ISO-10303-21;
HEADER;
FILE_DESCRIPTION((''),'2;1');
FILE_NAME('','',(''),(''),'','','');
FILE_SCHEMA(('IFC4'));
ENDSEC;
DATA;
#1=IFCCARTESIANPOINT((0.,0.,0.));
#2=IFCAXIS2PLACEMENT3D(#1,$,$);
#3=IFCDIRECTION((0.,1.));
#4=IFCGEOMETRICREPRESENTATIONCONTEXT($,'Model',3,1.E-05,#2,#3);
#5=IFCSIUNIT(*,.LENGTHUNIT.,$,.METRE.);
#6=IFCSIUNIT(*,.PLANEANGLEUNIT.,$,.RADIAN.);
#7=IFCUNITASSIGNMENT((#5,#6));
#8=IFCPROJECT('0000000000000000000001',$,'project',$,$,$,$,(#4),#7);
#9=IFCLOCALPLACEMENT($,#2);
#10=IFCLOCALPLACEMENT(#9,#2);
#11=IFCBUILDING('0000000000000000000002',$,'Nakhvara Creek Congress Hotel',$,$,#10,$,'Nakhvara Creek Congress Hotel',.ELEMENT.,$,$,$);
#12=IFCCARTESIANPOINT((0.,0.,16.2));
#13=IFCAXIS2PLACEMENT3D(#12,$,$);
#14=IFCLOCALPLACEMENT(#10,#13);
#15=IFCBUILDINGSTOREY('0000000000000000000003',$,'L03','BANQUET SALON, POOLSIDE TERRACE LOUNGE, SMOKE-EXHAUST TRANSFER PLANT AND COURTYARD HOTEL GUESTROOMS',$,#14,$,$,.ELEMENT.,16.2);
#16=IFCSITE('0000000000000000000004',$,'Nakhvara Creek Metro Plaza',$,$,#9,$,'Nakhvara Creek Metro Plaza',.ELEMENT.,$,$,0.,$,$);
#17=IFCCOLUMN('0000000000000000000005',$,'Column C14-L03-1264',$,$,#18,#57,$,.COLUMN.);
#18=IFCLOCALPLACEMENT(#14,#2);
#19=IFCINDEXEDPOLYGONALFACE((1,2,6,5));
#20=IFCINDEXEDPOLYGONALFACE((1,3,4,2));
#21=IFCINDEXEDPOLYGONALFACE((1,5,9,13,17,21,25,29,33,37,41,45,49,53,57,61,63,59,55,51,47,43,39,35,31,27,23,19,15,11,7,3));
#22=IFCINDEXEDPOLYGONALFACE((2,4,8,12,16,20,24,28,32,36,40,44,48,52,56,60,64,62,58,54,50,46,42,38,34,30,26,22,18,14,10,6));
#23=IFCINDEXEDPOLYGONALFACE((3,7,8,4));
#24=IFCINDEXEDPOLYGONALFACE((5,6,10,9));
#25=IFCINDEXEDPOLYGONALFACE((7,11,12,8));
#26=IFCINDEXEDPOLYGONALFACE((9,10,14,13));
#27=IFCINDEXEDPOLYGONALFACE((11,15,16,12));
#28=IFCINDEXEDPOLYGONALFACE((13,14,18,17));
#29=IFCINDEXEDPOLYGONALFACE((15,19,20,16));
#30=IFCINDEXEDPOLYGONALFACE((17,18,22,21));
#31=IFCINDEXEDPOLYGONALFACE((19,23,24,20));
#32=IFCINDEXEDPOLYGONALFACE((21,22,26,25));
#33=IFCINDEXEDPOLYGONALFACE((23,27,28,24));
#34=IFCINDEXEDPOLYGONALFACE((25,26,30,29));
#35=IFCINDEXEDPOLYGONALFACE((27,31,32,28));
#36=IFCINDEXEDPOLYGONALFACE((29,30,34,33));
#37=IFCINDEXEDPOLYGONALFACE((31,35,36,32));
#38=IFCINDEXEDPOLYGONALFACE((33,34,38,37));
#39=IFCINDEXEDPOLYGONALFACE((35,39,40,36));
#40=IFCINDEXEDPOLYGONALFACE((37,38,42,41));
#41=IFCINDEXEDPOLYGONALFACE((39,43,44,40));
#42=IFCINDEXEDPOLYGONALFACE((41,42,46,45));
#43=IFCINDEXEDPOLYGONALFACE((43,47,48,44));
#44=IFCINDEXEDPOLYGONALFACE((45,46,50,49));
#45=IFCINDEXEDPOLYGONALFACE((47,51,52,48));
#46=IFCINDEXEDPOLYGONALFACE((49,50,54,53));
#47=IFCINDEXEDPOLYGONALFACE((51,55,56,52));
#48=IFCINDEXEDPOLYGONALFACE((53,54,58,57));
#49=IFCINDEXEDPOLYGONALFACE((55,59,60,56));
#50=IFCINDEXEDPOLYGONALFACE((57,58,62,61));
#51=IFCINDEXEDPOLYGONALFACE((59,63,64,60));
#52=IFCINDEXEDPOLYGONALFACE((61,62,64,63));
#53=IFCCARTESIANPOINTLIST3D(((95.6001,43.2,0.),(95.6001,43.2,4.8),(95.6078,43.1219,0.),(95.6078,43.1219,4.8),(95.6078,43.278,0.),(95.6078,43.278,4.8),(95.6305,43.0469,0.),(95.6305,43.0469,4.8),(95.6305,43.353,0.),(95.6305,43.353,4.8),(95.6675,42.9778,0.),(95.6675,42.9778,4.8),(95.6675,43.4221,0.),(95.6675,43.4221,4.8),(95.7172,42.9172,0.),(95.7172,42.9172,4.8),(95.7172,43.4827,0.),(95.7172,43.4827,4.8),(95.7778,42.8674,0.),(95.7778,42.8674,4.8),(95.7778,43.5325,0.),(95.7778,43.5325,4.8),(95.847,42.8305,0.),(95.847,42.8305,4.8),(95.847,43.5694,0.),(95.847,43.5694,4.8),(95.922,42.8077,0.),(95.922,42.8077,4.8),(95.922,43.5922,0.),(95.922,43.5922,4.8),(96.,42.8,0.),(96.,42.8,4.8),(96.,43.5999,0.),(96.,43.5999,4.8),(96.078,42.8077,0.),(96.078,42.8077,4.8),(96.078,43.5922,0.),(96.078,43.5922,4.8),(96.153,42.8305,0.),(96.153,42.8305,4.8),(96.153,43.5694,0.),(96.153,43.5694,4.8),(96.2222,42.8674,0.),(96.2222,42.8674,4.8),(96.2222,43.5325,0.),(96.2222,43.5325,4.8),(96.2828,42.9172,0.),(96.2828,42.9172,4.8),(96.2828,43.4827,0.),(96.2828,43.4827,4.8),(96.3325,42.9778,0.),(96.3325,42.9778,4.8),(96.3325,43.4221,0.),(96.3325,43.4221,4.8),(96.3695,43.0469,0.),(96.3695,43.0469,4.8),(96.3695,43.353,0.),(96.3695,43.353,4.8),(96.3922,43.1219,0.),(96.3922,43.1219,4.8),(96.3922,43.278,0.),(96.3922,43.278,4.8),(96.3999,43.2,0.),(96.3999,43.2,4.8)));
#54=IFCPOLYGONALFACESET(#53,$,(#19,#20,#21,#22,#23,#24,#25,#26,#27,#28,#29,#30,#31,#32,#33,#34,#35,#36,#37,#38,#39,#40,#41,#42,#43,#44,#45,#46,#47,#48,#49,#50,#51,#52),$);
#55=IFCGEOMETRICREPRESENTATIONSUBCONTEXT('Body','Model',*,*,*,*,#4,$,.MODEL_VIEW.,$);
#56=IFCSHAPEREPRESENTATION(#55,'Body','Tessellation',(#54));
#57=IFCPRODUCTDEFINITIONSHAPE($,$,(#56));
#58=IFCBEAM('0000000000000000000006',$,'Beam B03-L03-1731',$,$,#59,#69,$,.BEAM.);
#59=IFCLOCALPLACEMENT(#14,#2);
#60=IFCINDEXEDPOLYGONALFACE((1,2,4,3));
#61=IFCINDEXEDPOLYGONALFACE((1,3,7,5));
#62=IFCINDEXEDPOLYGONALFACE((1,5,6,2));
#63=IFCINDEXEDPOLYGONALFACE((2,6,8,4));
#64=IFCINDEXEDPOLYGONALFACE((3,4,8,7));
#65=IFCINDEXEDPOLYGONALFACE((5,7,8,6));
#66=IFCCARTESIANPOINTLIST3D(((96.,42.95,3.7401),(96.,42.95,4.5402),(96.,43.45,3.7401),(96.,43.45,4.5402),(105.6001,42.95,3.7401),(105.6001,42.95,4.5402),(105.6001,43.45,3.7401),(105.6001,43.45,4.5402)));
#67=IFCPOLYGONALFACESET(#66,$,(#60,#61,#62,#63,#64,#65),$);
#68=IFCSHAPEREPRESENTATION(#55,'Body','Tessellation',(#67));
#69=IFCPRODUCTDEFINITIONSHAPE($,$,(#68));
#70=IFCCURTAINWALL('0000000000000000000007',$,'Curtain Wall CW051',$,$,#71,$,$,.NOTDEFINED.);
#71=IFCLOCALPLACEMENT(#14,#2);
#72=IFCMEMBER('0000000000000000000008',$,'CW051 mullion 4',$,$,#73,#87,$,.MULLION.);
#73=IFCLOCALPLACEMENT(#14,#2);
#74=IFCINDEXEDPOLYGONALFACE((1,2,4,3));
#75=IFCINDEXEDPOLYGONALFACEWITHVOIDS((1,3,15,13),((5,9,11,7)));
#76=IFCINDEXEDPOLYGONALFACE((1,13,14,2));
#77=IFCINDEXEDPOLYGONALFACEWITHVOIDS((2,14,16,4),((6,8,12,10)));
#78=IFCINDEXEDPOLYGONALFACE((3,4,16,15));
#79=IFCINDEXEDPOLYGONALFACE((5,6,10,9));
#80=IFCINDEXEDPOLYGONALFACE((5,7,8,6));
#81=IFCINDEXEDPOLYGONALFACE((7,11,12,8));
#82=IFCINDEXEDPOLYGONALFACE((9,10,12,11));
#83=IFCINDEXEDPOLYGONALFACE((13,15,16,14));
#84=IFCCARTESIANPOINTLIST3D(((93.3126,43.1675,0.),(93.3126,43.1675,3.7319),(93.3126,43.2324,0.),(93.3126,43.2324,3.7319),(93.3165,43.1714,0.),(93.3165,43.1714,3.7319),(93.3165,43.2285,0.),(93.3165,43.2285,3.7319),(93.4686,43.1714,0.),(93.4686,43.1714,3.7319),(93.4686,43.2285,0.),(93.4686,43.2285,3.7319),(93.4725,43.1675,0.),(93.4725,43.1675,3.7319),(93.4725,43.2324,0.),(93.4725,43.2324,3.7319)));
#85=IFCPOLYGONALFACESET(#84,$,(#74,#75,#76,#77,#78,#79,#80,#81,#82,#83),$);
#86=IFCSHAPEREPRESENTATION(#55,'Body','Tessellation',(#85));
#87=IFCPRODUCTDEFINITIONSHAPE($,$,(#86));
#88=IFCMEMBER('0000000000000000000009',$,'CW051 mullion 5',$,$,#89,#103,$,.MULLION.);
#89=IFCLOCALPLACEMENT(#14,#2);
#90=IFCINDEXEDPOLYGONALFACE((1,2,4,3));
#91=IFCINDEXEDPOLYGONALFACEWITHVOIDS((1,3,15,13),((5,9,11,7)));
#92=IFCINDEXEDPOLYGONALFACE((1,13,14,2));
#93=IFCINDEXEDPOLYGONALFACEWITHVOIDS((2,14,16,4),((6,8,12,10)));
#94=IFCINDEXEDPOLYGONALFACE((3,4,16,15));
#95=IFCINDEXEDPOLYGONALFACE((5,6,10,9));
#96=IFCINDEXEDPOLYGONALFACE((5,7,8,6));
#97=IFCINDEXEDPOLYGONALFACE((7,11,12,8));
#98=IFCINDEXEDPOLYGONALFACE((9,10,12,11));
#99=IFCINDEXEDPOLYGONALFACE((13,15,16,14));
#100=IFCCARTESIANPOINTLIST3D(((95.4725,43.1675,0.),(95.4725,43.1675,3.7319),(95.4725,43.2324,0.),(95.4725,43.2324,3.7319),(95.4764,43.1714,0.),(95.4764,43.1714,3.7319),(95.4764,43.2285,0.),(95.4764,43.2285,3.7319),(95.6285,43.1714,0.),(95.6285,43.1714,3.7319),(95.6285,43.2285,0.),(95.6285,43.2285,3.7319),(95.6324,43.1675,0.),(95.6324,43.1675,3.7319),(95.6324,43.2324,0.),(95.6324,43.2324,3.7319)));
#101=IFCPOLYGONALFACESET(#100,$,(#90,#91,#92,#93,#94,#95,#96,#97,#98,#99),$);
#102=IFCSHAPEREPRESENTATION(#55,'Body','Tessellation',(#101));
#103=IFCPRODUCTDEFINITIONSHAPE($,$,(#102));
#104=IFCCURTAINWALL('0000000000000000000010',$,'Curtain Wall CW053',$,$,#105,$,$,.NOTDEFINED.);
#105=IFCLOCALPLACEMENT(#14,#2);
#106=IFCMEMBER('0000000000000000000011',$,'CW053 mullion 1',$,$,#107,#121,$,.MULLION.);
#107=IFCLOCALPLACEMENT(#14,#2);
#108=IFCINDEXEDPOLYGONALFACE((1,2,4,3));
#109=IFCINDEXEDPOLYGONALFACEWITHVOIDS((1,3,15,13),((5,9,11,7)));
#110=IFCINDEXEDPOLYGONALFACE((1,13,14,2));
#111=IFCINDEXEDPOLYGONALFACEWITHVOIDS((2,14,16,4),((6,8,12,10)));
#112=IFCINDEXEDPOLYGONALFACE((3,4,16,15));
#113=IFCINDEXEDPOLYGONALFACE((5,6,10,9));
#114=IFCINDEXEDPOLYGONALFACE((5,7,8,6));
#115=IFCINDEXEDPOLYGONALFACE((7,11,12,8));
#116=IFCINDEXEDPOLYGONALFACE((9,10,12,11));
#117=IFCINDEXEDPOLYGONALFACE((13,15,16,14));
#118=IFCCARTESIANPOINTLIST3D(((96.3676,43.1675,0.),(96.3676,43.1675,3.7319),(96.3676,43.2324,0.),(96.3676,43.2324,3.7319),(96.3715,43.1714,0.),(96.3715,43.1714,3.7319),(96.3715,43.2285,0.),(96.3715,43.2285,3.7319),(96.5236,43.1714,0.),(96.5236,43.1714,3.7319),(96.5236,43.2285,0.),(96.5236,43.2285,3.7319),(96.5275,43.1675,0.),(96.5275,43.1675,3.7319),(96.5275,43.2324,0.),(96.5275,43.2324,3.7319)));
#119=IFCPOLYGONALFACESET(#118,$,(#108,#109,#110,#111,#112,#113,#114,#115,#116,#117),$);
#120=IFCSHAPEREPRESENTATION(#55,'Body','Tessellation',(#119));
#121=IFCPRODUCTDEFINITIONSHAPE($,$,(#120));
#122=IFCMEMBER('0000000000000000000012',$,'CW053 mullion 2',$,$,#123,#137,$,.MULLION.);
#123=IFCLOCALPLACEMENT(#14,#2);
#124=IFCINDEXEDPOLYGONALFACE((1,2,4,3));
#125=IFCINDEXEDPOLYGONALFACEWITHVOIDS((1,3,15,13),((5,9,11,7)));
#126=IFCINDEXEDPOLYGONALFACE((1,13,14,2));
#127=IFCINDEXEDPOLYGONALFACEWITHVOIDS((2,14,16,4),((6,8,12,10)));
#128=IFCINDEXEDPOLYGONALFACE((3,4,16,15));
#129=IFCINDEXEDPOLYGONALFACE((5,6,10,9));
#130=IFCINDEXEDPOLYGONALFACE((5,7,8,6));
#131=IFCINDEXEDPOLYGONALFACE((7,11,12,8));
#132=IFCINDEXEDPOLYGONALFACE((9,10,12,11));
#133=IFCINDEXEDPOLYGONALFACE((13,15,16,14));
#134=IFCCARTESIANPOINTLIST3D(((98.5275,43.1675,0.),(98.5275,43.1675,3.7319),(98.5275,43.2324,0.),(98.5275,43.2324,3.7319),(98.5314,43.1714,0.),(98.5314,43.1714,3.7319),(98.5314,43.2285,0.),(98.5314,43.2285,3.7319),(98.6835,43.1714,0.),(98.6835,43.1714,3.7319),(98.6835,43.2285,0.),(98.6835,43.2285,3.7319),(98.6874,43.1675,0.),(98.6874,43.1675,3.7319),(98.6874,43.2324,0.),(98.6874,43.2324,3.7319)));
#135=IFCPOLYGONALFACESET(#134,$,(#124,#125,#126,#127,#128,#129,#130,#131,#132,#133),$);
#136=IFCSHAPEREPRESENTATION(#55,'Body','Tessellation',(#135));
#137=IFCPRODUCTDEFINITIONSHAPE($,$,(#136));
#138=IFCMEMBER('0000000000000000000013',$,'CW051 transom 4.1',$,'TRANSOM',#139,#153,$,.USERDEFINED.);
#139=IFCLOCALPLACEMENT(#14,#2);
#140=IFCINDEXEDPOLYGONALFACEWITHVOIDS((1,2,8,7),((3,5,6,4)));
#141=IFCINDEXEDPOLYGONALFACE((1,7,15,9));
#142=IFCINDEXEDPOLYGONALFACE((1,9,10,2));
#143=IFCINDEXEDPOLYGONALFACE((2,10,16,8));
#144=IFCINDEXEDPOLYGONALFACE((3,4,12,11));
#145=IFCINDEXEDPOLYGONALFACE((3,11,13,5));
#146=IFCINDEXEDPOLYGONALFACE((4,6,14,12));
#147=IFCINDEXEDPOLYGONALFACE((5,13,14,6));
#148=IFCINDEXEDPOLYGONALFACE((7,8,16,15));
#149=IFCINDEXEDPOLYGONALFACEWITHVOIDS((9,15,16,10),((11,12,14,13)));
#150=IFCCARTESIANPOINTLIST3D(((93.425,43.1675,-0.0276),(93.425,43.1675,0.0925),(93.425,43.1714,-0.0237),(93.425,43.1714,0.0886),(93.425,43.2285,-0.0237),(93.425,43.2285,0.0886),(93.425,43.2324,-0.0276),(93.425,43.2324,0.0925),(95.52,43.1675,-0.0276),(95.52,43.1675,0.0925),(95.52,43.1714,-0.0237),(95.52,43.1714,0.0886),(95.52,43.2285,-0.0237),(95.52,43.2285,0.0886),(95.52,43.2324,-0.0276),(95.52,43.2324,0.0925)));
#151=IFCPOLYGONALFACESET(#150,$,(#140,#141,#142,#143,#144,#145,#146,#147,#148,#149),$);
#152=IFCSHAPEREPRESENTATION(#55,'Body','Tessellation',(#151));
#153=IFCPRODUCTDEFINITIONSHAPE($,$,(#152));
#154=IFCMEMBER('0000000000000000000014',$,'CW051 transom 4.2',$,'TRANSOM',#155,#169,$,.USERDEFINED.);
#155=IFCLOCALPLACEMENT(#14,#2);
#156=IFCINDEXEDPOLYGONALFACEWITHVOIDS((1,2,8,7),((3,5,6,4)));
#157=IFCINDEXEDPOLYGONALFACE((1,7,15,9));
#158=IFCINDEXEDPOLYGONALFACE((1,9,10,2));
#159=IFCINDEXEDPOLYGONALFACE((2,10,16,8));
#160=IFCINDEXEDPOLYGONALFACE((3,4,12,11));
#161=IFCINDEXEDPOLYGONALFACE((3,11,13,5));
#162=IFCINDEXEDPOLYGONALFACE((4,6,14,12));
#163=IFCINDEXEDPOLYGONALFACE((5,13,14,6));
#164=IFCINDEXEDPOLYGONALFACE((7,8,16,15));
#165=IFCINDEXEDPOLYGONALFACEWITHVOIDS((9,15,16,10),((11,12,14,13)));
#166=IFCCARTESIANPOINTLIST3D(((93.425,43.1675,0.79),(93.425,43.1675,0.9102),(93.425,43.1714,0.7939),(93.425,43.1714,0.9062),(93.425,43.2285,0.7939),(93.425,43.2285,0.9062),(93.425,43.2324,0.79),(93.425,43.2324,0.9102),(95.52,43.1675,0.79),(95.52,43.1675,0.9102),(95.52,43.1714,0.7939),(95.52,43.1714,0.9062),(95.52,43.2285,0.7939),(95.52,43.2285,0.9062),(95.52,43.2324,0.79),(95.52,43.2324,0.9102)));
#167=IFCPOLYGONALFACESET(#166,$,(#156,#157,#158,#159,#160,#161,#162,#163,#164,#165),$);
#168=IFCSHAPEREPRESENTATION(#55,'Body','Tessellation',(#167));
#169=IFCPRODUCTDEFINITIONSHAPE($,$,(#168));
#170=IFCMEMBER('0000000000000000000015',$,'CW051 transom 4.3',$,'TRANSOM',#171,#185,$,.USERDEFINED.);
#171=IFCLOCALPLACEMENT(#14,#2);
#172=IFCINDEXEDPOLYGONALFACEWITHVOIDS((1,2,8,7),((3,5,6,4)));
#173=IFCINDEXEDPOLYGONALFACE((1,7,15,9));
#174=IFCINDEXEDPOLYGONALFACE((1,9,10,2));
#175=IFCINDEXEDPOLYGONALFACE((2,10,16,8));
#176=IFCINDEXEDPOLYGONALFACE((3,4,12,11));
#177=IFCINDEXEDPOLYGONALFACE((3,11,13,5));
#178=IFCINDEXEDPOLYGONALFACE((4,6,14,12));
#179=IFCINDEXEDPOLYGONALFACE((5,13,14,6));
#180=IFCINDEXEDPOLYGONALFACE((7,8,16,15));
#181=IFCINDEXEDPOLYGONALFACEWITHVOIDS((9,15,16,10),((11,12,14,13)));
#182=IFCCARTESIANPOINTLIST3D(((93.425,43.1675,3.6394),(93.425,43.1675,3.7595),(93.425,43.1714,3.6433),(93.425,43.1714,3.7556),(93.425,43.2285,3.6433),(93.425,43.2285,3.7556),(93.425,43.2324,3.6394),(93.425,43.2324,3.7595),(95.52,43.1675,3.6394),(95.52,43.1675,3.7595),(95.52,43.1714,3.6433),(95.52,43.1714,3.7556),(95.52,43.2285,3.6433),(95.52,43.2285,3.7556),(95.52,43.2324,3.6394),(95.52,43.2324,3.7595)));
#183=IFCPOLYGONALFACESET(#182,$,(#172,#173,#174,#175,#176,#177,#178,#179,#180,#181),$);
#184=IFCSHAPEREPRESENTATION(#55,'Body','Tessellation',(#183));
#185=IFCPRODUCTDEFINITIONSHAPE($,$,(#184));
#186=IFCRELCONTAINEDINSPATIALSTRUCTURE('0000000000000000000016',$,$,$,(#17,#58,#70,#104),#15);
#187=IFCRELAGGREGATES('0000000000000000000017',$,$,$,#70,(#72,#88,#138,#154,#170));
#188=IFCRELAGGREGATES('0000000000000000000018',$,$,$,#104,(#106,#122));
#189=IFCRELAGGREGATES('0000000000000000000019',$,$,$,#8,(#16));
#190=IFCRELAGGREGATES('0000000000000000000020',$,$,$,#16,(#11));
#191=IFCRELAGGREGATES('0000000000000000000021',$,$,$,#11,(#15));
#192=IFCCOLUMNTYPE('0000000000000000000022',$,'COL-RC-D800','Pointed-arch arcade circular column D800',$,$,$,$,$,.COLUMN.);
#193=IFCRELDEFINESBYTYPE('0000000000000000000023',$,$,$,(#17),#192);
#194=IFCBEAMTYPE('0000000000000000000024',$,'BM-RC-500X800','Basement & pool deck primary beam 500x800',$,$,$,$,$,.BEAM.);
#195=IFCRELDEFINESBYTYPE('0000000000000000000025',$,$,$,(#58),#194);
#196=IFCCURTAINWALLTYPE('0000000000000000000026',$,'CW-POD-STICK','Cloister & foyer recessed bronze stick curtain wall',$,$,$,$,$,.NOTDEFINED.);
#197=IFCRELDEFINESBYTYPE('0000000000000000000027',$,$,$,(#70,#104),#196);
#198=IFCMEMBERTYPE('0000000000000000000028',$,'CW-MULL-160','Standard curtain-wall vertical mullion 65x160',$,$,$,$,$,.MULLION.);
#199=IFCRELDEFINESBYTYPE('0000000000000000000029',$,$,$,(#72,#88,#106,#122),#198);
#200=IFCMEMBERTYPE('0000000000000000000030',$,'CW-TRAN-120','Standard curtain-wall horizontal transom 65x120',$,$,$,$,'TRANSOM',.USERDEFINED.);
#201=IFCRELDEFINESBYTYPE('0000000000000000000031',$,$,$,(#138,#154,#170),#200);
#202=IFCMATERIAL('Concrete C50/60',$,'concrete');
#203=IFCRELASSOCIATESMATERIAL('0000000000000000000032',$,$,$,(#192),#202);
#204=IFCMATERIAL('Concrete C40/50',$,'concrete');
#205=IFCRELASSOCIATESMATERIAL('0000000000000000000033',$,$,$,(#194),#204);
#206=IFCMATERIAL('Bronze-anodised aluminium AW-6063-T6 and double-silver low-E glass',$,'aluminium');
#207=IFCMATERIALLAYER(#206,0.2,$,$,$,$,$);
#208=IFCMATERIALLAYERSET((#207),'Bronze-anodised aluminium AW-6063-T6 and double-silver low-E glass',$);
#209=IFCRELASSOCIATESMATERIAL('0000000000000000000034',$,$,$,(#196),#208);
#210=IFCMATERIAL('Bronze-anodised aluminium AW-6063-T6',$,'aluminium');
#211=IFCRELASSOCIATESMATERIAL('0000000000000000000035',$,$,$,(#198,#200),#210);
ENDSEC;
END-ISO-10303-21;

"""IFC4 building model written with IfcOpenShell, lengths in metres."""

from ifc_helpers import new_model, si_unit, direction, frame, origin, origin_2d, place, context, subcontext, project, spatial, rectangle, hollow_rectangle, circle, extrude, material, layer, layer_set, material_profile, profile_set, type_object, element, aggregate, save


model = new_model("IFC4")

# Units and contexts
model_context = context("Model", 3, precision=1e-05, world=origin(), true_north=direction((0.0, 1.0)))
body_context = subcontext(model_context, "Body", "Model", "MODEL_VIEW")
ifc_project = project(units=[si_unit("LENGTHUNIT", "METRE"), si_unit("PLANEANGLEUNIT", "RADIAN")], contexts=[model_context])

# Site, building, storey
site_placement = place(None, origin())
site = spatial("IfcSite", under=ifc_project, at=site_placement, Name="Nakhvara Creek Metro Plaza", LongName="Nakhvara Creek Metro Plaza", CompositionType="ELEMENT", RefElevation=0.0)
building_placement = place(site_placement, origin())
building = spatial("IfcBuilding", under=site, at=building_placement, Name="Nakhvara Creek Congress Hotel", LongName="Nakhvara Creek Congress Hotel", CompositionType="ELEMENT")
storey_placement = place(building_placement, frame((0.0, 0.0, 16.2)))
storey = spatial("IfcBuildingStorey", under=building, at=storey_placement, Name="L03", Description="BANQUET SALON, POOLSIDE TERRACE LOUNGE, SMOKE-EXHAUST TRANSFER PLANT AND COURTYARD HOTEL GUESTROOMS", CompositionType="ELEMENT", Elevation=16.2)

# Column
ifc_material_1 = material(Name="Concrete C50/60", Category="concrete")
ifc_material_profile_1 = material_profile(ifc_material_1, circle(Radius=0.3999, at=origin_2d()), Name="RC-COL D800", Category="LoadBearing")
ifc_profile_set_1 = profile_set([ifc_material_profile_1], Name="Concrete C50/60")
column_type = type_object("IfcColumnType", Name="COL-RC-D800", Description="Pointed-arch arcade circular column D800", PredefinedType="COLUMN", material=ifc_profile_set_1)
column_placement = place(storey_placement, frame((96.0, 43.2, 0.0), z_axis=(0.0, 0.0, 1.0), x_axis=(1.0, 0.0, 0.0)))
element("IfcColumn", 1, at=column_placement, inside=storey, type_object=column_type, Name="Column C14-L03-1264", PredefinedType="COLUMN", context=body_context, shape_type="SweptSolid", body=[
    extrude(circle(Radius=0.3999, at=origin_2d()), origin(), (0.0, 0.0, 1.0), 4.8),
])

# Beam
ifc_material_2 = material(Name="Concrete C40/50", Category="concrete")
ifc_material_profile_2 = material_profile(ifc_material_2, rectangle(XDim=0.5, YDim=0.8, at=origin_2d()), Name="RC-BM 500x800", Category="LoadBearing")
ifc_profile_set_2 = profile_set([ifc_material_profile_2], Name="Concrete C40/50")
beam_type = type_object("IfcBeamType", Name="BM-RC-500X800", Description="Basement & pool deck primary beam 500x800", PredefinedType="BEAM", material=ifc_profile_set_2)
beam_placement = place(storey_placement, frame((96.0, 43.2, 4.1401), z_axis=(1.0, 0.0, 0.0), x_axis=(0.0, 1.0, 0.0)))
element("IfcBeam", 2, at=beam_placement, inside=storey, type_object=beam_type, Name="Beam B03-L03-1731", PredefinedType="BEAM", context=body_context, shape_type="SweptSolid", body=[
    extrude(rectangle(XDim=0.5, YDim=0.8, at=origin_2d()), origin(), (0.0, 0.0, 1.0), 9.6001),
])

# Curtain walls, members
ifc_material_3 = material(Name="Bronze-anodised aluminium AW-6063-T6 and double-silver low-E glass", Category="aluminium")
ifc_layer = layer(ifc_material_3, 0.2)
ifc_layer_set = layer_set([ifc_layer], Name="Bronze-anodised aluminium AW-6063-T6 and double-silver low-E glass")
curtain_wall_type = type_object("IfcCurtainWallType", Name="CW-POD-STICK", Description="Cloister & foyer recessed bronze stick curtain wall", PredefinedType="NOTDEFINED", material=ifc_layer_set)
curtain_wall_1_placement = place(storey_placement, origin())
curtain_wall_1 = element("IfcCurtainWall", 3, at=curtain_wall_1_placement, inside=storey, type_object=curtain_wall_type, Name="Curtain Wall CW051", PredefinedType="NOTDEFINED")
ifc_material_4 = material(Name="Bronze-anodised aluminium AW-6063-T6", Category="aluminium")
ifc_material_profile_3 = material_profile(ifc_material_4, hollow_rectangle(XDim=0.0649, YDim=0.1599, WallThickness=0.0039, at=origin_2d()), Name="ALU-MULL 65x160x4", Category="LoadBearing")
ifc_profile_set_3 = profile_set([ifc_material_profile_3], Name="Bronze-anodised aluminium AW-6063-T6")
member_type_1 = type_object("IfcMemberType", Name="CW-MULL-160", Description="Standard curtain-wall vertical mullion 65x160", PredefinedType="MULLION", material=ifc_profile_set_3)
member_1_placement = place(storey_placement, frame((93.3926, 43.2, 0.0), z_axis=(0.0, 0.0, 1.0), x_axis=(0.0, 1.0, 0.0)))
member_1 = element("IfcMember", 4, at=member_1_placement, type_object=member_type_1, Name="CW051 mullion 4", PredefinedType="MULLION", context=body_context, shape_type="SweptSolid", body=[
    extrude(hollow_rectangle(XDim=0.0649, YDim=0.1599, WallThickness=0.0039, at=origin_2d()), origin(), (0.0, 0.0, 1.0), 3.7319),
])
member_2_placement = place(storey_placement, frame((95.5525, 43.2, 0.0), z_axis=(0.0, 0.0, 1.0), x_axis=(0.0, 1.0, 0.0)))
member_2 = element("IfcMember", 5, at=member_2_placement, type_object=member_type_1, Name="CW051 mullion 5", PredefinedType="MULLION", context=body_context, shape_type="SweptSolid", body=[
    extrude(hollow_rectangle(XDim=0.0649, YDim=0.1599, WallThickness=0.0039, at=origin_2d()), origin(), (0.0, 0.0, 1.0), 3.7319),
])
curtain_wall_2_placement = place(storey_placement, origin())
curtain_wall_2 = element("IfcCurtainWall", 6, at=curtain_wall_2_placement, inside=storey, type_object=curtain_wall_type, Name="Curtain Wall CW053", PredefinedType="NOTDEFINED")
member_3_placement = place(storey_placement, frame((96.4475, 43.2, 0.0), z_axis=(0.0, 0.0, 1.0), x_axis=(0.0, 1.0, 0.0)))
member_3 = element("IfcMember", 7, at=member_3_placement, type_object=member_type_1, Name="CW053 mullion 1", PredefinedType="MULLION", context=body_context, shape_type="SweptSolid", body=[
    extrude(hollow_rectangle(XDim=0.0649, YDim=0.1599, WallThickness=0.0039, at=origin_2d()), origin(), (0.0, 0.0, 1.0), 3.7319),
])
member_4_placement = place(storey_placement, frame((98.6074, 43.2, 0.0), z_axis=(0.0, 0.0, 1.0), x_axis=(0.0, 1.0, 0.0)))
member_4 = element("IfcMember", 8, at=member_4_placement, type_object=member_type_1, Name="CW053 mullion 2", PredefinedType="MULLION", context=body_context, shape_type="SweptSolid", body=[
    extrude(hollow_rectangle(XDim=0.0649, YDim=0.1599, WallThickness=0.0039, at=origin_2d()), origin(), (0.0, 0.0, 1.0), 3.7319),
])

# Members
ifc_material_profile_4 = material_profile(ifc_material_4, hollow_rectangle(XDim=0.0649, YDim=0.1201, WallThickness=0.0039, at=origin_2d()), Name="ALU-TRAN 65x120x4", Category="LoadBearing")
ifc_profile_set_4 = profile_set([ifc_material_profile_4], Name="Bronze-anodised aluminium AW-6063-T6")
member_type_2 = type_object("IfcMemberType", Name="CW-TRAN-120", Description="Standard curtain-wall horizontal transom 65x120", ElementType="TRANSOM", PredefinedType="USERDEFINED", material=ifc_profile_set_4)
member_5_placement = place(storey_placement, frame((93.425, 43.2, 0.0325), z_axis=(1.0, 0.0, 0.0), x_axis=(0.0, 1.0, 0.0)))
member_5 = element("IfcMember", 9, at=member_5_placement, type_object=member_type_2, Name="CW051 transom 4.1", ObjectType="TRANSOM", PredefinedType="USERDEFINED", context=body_context, shape_type="SweptSolid", body=[
    extrude(hollow_rectangle(XDim=0.0649, YDim=0.1201, WallThickness=0.0039, at=origin_2d()), origin(), (0.0, 0.0, 1.0), 2.095),
])
member_6_placement = place(storey_placement, frame((93.425, 43.2, 0.8501), z_axis=(1.0, 0.0, 0.0), x_axis=(0.0, 1.0, 0.0)))
member_6 = element("IfcMember", 10, at=member_6_placement, type_object=member_type_2, Name="CW051 transom 4.2", ObjectType="TRANSOM", PredefinedType="USERDEFINED", context=body_context, shape_type="SweptSolid", body=[
    extrude(hollow_rectangle(XDim=0.0649, YDim=0.1201, WallThickness=0.0039, at=origin_2d()), origin(), (0.0, 0.0, 1.0), 2.095),
])
member_7_placement = place(storey_placement, frame((93.425, 43.2, 3.6995), z_axis=(1.0, 0.0, 0.0), x_axis=(0.0, 1.0, 0.0)))
member_7 = element("IfcMember", 11, at=member_7_placement, type_object=member_type_2, Name="CW051 transom 4.3", ObjectType="TRANSOM", PredefinedType="USERDEFINED", context=body_context, shape_type="SweptSolid", body=[
    extrude(hollow_rectangle(XDim=0.0649, YDim=0.1201, WallThickness=0.0039, at=origin_2d()), origin(), (0.0, 0.0, 1.0), 2.095),
])

aggregate(curtain_wall_1, [member_1, member_2, member_5, member_6, member_7])
aggregate(curtain_wall_2, [member_3, member_4])

save(model, "model.ifc")
